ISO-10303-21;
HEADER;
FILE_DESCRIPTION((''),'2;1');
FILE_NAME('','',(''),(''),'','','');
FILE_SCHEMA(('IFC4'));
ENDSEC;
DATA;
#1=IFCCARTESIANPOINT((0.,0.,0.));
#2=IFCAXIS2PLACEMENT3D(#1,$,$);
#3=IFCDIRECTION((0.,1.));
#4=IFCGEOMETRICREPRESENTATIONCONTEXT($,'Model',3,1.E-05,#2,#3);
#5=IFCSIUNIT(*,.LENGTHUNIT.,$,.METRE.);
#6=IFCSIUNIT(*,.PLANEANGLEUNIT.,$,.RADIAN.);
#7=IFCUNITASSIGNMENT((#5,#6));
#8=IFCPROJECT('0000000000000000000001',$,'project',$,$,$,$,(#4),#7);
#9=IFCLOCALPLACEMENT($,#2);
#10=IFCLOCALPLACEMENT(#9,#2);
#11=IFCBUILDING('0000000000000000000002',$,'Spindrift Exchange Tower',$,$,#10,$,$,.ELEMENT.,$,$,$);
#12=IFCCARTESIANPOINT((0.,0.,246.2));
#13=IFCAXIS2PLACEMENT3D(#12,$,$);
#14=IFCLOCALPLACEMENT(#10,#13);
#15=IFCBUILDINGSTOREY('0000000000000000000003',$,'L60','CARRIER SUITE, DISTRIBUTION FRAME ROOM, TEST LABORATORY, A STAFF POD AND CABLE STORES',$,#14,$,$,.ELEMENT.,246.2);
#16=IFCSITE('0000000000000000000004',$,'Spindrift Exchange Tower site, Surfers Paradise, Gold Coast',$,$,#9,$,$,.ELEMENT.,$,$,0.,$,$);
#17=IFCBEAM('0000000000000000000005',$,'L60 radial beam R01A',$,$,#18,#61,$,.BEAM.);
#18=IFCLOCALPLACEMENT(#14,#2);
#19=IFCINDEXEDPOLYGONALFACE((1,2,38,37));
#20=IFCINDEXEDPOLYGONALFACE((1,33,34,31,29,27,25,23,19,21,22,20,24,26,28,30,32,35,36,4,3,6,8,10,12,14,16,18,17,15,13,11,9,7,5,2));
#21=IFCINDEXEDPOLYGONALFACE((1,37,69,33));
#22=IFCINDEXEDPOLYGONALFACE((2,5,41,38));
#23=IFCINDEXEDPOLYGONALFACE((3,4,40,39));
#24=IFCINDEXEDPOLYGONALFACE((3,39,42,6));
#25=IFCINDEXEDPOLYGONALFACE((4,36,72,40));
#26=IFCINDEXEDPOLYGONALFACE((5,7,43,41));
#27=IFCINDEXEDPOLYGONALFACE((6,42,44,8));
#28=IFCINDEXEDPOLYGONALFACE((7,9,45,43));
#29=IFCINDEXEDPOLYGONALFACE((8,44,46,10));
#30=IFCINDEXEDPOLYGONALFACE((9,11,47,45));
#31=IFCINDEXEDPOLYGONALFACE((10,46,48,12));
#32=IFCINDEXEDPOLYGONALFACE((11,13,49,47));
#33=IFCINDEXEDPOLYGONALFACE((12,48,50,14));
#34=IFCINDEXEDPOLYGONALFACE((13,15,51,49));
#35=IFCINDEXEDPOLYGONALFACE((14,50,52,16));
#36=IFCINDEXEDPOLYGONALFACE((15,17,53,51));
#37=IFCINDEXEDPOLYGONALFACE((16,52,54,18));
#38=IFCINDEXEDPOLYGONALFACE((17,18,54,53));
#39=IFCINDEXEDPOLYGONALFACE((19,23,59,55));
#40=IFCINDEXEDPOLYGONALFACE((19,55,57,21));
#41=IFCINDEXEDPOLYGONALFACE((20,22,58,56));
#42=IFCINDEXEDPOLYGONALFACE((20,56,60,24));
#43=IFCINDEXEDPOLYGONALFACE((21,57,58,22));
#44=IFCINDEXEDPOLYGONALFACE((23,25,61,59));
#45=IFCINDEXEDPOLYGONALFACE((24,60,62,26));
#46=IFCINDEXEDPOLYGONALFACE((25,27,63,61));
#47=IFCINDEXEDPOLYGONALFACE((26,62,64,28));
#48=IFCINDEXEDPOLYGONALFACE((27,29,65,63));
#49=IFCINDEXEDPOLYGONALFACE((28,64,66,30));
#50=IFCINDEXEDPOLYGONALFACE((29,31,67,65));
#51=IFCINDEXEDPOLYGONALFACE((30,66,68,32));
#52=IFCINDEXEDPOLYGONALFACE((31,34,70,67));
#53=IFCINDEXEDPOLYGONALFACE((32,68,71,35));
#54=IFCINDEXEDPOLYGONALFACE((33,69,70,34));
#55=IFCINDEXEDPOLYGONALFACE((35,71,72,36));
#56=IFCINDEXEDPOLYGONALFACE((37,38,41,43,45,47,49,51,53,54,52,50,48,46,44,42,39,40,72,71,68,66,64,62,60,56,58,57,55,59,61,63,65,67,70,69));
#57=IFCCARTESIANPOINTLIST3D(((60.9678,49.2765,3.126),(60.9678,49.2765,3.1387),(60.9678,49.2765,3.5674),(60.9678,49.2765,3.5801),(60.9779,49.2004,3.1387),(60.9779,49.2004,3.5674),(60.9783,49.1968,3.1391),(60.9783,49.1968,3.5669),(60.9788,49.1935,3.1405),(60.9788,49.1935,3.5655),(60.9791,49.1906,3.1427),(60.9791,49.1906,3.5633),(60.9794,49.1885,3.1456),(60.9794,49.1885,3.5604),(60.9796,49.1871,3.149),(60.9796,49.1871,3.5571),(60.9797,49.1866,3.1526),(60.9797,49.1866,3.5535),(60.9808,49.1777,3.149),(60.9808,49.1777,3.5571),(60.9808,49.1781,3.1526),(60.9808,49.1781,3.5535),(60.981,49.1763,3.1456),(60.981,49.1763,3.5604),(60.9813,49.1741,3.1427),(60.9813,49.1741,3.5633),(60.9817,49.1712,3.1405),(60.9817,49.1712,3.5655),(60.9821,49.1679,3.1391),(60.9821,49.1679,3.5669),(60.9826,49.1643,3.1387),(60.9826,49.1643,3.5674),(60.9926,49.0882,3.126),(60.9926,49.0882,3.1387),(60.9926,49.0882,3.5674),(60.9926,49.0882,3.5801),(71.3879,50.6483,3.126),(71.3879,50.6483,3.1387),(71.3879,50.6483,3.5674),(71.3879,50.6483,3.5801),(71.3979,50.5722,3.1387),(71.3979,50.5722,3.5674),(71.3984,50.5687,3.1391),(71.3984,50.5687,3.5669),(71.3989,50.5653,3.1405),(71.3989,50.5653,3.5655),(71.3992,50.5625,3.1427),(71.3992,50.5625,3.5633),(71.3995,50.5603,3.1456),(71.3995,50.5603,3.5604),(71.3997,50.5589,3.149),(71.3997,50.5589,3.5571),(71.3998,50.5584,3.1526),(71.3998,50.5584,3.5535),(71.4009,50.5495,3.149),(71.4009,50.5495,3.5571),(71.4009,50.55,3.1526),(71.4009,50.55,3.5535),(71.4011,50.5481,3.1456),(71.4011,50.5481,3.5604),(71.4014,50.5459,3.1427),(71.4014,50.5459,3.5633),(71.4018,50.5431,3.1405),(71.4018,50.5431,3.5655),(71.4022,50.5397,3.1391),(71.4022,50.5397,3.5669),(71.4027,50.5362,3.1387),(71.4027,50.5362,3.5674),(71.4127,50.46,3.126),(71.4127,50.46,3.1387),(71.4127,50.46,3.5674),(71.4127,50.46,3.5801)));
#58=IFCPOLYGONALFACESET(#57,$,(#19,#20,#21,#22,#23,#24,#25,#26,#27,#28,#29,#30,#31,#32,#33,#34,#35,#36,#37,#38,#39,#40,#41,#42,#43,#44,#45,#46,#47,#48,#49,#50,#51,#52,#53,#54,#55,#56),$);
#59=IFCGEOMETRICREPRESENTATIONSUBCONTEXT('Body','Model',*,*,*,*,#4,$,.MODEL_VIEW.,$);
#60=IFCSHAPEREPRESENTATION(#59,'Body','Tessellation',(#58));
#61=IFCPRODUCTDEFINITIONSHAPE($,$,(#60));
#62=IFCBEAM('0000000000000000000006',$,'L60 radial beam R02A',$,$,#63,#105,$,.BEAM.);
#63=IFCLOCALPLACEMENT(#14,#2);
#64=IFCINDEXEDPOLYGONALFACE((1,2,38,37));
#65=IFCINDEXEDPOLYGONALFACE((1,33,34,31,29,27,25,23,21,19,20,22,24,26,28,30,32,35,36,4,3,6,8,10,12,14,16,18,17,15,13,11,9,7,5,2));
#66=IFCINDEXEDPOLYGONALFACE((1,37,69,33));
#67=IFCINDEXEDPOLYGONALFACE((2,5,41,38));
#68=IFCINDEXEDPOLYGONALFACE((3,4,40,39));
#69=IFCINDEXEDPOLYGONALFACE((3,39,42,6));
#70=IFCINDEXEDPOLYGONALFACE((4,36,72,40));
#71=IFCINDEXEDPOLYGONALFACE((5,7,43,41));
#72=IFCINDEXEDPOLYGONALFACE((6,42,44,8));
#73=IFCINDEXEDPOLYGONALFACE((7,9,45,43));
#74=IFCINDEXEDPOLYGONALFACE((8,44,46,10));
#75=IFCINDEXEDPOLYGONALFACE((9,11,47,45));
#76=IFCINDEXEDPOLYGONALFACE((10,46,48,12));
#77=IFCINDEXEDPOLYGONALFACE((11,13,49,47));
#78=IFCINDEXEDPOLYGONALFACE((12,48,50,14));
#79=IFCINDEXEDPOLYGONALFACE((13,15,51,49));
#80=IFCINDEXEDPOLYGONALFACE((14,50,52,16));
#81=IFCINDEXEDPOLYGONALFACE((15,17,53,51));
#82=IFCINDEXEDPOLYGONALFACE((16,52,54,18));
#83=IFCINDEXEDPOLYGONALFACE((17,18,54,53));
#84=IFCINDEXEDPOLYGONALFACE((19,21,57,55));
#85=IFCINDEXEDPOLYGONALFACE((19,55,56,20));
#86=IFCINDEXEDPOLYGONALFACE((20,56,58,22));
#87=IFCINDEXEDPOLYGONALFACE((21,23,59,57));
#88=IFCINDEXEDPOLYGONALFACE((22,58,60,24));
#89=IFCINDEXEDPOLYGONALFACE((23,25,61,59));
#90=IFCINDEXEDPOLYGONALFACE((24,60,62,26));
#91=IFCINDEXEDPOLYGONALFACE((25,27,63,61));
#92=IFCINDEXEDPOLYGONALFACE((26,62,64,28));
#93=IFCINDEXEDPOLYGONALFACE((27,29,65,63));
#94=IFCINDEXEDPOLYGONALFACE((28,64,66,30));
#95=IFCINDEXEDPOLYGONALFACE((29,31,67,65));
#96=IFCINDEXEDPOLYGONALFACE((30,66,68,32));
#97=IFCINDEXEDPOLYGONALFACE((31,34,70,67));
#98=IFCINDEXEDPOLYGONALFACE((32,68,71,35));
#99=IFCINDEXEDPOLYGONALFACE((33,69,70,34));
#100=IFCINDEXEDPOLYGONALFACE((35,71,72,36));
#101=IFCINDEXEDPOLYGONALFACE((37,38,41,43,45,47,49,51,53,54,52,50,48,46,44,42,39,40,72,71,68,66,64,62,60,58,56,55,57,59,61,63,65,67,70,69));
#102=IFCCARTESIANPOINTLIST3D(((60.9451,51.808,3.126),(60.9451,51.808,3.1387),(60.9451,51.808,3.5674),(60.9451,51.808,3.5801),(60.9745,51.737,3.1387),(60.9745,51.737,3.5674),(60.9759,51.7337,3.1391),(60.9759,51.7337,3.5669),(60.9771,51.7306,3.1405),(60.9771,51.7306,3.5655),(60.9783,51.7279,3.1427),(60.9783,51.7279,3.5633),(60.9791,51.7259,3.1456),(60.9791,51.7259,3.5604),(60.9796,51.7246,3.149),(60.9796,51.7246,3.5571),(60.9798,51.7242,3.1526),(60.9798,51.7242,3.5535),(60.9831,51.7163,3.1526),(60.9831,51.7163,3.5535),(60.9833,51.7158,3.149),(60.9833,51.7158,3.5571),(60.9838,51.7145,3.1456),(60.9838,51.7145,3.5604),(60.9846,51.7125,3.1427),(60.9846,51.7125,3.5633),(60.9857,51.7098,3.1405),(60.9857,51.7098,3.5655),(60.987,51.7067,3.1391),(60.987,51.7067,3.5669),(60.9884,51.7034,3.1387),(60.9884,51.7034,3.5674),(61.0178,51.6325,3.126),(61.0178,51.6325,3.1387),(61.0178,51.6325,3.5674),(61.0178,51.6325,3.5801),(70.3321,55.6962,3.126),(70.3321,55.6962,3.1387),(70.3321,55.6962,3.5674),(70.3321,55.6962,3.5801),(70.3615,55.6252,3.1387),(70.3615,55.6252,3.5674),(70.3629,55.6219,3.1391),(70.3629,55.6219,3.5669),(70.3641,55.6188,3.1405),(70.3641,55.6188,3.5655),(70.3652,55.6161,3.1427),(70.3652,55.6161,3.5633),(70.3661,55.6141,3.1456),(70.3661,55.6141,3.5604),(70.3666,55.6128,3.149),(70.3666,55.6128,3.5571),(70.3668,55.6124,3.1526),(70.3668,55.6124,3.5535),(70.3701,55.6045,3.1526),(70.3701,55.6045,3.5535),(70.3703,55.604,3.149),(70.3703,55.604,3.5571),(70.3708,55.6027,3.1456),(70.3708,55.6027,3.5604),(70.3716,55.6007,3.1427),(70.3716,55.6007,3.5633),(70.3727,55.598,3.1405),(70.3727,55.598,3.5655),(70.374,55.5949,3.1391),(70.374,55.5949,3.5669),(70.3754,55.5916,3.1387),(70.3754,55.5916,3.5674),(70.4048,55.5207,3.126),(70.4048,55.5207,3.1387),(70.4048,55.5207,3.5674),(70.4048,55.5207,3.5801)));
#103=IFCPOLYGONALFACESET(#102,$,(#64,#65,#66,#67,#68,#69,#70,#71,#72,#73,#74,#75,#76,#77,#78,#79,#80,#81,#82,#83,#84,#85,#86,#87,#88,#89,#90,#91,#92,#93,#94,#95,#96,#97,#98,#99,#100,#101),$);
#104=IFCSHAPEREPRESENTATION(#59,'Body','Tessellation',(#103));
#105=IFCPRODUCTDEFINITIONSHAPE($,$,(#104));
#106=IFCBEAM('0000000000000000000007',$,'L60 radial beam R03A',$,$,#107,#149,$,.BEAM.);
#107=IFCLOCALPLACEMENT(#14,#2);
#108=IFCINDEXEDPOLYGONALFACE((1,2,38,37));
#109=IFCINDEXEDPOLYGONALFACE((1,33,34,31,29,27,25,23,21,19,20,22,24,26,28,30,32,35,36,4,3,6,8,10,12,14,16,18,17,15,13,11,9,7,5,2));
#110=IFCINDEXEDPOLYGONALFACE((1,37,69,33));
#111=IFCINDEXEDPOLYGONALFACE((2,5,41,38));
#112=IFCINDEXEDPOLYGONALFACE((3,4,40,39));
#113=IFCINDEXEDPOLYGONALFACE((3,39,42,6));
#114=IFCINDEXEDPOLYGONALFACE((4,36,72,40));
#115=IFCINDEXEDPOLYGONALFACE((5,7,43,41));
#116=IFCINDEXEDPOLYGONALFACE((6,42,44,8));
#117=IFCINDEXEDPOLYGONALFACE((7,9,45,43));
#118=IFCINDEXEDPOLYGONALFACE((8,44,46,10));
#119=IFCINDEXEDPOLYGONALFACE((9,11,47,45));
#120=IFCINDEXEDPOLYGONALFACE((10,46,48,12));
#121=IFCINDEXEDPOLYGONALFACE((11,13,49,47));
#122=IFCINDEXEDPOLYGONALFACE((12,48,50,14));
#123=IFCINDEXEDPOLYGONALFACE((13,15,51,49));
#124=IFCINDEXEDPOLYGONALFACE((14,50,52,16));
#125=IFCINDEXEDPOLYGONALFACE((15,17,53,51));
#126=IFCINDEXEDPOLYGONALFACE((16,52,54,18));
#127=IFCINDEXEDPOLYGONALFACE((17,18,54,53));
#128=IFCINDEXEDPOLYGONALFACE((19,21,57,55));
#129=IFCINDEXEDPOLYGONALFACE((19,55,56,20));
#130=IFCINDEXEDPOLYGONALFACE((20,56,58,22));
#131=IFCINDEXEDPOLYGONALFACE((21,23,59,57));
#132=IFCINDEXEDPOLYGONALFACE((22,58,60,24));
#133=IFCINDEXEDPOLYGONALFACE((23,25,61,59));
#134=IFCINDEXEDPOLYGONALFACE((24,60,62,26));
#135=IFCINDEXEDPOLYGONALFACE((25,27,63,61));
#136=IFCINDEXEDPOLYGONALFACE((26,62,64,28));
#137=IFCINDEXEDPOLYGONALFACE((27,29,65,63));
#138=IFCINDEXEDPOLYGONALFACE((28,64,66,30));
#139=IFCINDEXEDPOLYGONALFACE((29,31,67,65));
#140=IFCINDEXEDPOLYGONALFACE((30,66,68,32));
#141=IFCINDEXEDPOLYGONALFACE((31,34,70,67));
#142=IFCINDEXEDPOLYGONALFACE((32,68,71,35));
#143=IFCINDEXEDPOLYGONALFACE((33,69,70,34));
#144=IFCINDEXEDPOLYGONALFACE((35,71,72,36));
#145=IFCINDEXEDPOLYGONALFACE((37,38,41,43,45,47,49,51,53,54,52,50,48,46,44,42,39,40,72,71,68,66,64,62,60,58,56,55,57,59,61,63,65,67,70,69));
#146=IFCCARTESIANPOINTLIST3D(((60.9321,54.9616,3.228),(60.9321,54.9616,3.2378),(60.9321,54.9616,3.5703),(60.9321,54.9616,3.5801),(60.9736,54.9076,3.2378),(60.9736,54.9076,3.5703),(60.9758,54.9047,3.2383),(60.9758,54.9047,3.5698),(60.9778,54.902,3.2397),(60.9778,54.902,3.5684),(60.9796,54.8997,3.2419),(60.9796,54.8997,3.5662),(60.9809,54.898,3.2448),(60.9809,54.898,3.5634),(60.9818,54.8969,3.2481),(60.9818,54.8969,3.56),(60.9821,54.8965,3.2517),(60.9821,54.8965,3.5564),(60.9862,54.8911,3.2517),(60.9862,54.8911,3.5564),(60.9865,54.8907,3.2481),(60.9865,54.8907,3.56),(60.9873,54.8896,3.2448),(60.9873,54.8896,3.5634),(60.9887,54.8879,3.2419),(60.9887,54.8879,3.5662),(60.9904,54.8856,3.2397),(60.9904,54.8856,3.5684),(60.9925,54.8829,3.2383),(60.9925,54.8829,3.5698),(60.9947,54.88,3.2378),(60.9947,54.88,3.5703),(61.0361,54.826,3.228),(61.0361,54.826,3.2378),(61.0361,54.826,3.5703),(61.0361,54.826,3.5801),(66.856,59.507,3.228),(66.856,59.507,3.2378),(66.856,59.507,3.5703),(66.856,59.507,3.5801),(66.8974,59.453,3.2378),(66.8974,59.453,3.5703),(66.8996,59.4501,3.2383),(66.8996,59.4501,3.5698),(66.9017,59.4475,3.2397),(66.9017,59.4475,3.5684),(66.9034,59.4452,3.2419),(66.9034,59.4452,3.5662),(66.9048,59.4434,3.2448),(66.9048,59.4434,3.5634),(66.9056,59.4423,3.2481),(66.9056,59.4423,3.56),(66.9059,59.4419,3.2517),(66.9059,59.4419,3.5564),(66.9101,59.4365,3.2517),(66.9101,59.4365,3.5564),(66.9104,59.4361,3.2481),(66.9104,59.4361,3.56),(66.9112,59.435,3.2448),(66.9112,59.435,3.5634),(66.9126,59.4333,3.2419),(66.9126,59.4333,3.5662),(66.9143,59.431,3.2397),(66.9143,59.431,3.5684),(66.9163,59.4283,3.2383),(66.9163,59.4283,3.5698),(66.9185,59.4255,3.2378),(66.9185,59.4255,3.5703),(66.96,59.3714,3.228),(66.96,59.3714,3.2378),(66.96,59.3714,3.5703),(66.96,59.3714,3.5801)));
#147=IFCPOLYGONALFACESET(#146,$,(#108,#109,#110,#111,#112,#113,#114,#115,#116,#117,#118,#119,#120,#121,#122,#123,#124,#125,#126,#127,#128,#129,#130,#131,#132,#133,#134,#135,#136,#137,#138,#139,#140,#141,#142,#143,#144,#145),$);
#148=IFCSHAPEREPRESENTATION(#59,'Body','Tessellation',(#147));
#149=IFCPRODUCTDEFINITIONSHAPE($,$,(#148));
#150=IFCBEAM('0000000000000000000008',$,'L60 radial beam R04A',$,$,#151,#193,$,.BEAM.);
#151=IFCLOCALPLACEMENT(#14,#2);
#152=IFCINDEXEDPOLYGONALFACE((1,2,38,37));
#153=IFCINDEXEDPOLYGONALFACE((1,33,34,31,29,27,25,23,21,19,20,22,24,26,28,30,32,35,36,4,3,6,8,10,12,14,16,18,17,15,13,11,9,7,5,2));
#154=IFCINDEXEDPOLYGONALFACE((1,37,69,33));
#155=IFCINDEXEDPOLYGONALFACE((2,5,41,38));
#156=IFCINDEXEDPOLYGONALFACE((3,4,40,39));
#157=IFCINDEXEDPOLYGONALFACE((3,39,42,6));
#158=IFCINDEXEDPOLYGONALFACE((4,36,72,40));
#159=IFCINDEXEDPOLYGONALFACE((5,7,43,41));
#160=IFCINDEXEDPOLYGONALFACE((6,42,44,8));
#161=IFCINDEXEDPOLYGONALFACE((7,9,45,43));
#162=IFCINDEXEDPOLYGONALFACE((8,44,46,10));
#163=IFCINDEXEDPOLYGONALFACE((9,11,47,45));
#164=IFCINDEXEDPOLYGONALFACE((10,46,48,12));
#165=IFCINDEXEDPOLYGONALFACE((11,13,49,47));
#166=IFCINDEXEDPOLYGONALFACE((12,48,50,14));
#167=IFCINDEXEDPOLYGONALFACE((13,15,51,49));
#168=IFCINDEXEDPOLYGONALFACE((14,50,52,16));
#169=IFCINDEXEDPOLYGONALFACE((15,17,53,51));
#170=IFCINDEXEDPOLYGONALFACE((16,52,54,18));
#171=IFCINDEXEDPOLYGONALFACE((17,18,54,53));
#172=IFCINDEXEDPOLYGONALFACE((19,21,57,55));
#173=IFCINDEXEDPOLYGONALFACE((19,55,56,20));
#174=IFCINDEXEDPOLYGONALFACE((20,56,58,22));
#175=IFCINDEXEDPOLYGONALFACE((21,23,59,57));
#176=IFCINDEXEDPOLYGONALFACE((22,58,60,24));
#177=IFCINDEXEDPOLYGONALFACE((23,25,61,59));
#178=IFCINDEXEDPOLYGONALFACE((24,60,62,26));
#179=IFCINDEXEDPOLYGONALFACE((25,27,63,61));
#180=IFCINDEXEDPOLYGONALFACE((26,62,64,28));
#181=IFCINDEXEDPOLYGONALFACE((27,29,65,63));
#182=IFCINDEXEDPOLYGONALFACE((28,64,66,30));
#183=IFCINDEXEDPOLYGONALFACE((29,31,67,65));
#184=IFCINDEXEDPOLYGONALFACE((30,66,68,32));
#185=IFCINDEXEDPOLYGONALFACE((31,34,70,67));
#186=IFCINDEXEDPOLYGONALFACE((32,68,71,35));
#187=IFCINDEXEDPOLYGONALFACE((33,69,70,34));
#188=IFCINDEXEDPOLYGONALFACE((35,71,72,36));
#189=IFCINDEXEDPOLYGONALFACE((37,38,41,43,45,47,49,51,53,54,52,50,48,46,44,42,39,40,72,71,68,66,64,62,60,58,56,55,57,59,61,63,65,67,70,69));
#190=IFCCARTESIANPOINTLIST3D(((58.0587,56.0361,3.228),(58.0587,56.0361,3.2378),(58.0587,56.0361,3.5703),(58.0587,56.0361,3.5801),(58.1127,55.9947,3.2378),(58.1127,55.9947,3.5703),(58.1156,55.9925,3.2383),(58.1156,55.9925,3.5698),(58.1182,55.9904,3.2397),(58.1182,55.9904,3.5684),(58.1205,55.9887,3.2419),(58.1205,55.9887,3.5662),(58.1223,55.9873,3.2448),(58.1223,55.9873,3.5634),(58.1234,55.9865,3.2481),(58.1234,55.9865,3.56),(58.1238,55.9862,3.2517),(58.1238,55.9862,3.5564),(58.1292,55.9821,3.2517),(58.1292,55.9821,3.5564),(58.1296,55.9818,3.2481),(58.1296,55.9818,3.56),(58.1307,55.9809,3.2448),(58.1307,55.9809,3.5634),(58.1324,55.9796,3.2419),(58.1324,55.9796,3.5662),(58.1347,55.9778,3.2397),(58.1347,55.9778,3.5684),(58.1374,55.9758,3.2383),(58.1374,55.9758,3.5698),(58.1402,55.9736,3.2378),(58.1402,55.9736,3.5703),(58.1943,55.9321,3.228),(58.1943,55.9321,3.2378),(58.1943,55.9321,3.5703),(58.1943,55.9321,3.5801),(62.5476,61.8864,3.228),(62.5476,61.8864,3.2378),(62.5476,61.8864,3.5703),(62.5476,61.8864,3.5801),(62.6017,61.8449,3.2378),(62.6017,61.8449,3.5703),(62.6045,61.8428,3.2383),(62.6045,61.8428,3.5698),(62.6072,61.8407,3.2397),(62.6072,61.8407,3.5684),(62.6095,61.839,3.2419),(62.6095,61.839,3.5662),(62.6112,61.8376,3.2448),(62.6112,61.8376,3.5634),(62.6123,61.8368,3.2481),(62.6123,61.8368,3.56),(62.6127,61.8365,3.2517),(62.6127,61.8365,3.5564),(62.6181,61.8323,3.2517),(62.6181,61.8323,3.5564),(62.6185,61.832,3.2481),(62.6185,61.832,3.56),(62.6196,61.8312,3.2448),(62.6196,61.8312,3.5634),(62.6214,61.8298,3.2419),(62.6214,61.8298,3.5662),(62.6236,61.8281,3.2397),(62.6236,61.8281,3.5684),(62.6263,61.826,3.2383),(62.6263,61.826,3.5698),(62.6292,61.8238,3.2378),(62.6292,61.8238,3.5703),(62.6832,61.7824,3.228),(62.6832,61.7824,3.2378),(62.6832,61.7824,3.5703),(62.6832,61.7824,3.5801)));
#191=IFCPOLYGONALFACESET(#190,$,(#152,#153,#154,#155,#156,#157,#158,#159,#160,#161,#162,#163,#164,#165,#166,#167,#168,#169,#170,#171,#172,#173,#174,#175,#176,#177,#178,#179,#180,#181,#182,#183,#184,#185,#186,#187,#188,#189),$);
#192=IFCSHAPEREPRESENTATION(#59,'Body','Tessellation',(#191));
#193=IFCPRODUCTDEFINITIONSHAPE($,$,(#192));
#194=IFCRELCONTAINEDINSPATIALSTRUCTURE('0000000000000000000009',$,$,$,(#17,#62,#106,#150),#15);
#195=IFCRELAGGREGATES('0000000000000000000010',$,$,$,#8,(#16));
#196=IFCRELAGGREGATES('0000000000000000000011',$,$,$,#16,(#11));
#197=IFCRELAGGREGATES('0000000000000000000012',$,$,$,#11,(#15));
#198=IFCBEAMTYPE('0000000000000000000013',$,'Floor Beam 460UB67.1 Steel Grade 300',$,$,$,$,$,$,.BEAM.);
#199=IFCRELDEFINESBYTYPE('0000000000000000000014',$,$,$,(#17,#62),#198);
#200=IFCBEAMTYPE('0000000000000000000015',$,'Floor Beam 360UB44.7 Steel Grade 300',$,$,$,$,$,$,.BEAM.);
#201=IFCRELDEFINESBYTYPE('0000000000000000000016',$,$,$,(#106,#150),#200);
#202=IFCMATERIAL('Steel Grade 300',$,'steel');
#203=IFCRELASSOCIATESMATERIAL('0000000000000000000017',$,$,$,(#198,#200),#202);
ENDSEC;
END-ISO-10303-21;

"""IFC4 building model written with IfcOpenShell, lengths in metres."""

from ifc_helpers import new_model, si_unit, direction, frame, origin, origin_2d, place, context, subcontext, project, spatial, i_section, extrude, source, transform, mapped, material, material_profile, profile_set, type_object, element, save


model = new_model("IFC4")

# Units and contexts
model_context = context("Model", 3, precision=1e-05, world=origin(), true_north=direction((0.0, 1.0)))
body_context = subcontext(model_context, "Body", "Model", "MODEL_VIEW")
ifc_project = project(units=[si_unit("LENGTHUNIT", "METRE"), si_unit("PLANEANGLEUNIT", "RADIAN")], contexts=[model_context])

# Site, building, storey
site_placement = place(None, origin())
site = spatial("IfcSite", under=ifc_project, at=site_placement, Name="Spindrift Exchange Tower site, Surfers Paradise, Gold Coast", CompositionType="ELEMENT", RefElevation=0.0)
building_placement = place(site_placement, origin())
building = spatial("IfcBuilding", under=site, at=building_placement, Name="Spindrift Exchange Tower", CompositionType="ELEMENT")
storey_placement = place(building_placement, frame((0.0, 0.0, 246.2)))
storey = spatial("IfcBuildingStorey", under=building, at=storey_placement, Name="L60", Description="CARRIER SUITE, DISTRIBUTION FRAME ROOM, TEST LABORATORY, A STAFF POD AND CABLE STORES", CompositionType="ELEMENT", Elevation=246.2)

# Beams
ifc_material_1 = material(Name="Steel Grade 300", Category="steel")
ifc_material_profile_1 = material_profile(ifc_material_1, i_section(OverallWidth=0.1899, OverallDepth=0.4541, WebThickness=0.0085, FlangeThickness=0.0127, FilletRadius=0.0139, at=origin_2d()), Name="460UB67.1")
ifc_profile_set_1 = profile_set([ifc_material_profile_1], Name="Steel Grade 300")
beam_type_1 = type_object("IfcBeamType", Name="Floor Beam 460UB67.1 Steel Grade 300", PredefinedType="BEAM", material=ifc_profile_set_1)
shared_shape_1 = source(origin(), body_context, "Body", "SweptSolid", [
    extrude(i_section(OverallWidth=0.1899, OverallDepth=0.4541, WebThickness=0.0085, FlangeThickness=0.0127, FilletRadius=0.0139, at=origin_2d()), origin(), (0.0, 0.0, 1.0), 10.51),
])
beam_1_placement = place(storey_placement, frame((60.9802, 49.1824, 3.353), z_axis=(0.991445, 0.130525, 0.0), x_axis=(-0.130525, 0.991445, 0.0)))
element("IfcBeam", 1, at=beam_1_placement, inside=storey, type_object=beam_type_1, Name="L60 radial beam R01A", PredefinedType="BEAM", context=body_context, shape_type="MappedRepresentation", body=[
    mapped(shared_shape_1, transform((0.0, 0.0, 0.0), scale=1.0)),
])
shared_shape_2 = source(origin(), body_context, "Body", "SweptSolid", [
    extrude(i_section(OverallWidth=0.1899, OverallDepth=0.4541, WebThickness=0.0085, FlangeThickness=0.0127, FilletRadius=0.0139, at=origin_2d()), origin(), (0.0, 0.0, 1.0), 10.1604),
])
beam_2_placement = place(storey_placement, frame((60.9814, 51.7202, 3.353), z_axis=(0.92388, 0.382681, 0.0), x_axis=(-0.382681, 0.92388, 0.0)))
element("IfcBeam", 2, at=beam_2_placement, inside=storey, type_object=beam_type_1, Name="L60 radial beam R02A", PredefinedType="BEAM", context=body_context, shape_type="MappedRepresentation", body=[
    mapped(shared_shape_2, transform((0.0, 0.0, 0.0), scale=1.0)),
])
ifc_material_profile_2 = material_profile(ifc_material_1, i_section(OverallWidth=0.1709, OverallDepth=0.3521, WebThickness=0.0068, FlangeThickness=0.0098, FilletRadius=0.0139, at=origin_2d()), Name="360UB44.7")
ifc_profile_set_2 = profile_set([ifc_material_profile_2], Name="Steel Grade 300")
beam_type_2 = type_object("IfcBeamType", Name="Floor Beam 360UB44.7 Steel Grade 300", PredefinedType="BEAM", material=ifc_profile_set_2)
shared_shape_3 = source(origin(), body_context, "Body", "SweptSolid", [
    extrude(i_section(OverallWidth=0.1709, OverallDepth=0.3521, WebThickness=0.0068, FlangeThickness=0.0098, FilletRadius=0.0139, at=origin_2d()), origin(), (0.0, 0.0, 1.0), 7.4668),
])
beam_3_placement = place(storey_placement, frame((60.9841, 54.8938, 3.4041), z_axis=(0.79336, 0.608753, 0.0), x_axis=(-0.608753, 0.79336, 0.0)))
element("IfcBeam", 3, at=beam_3_placement, inside=storey, type_object=beam_type_2, Name="L60 radial beam R03A", PredefinedType="BEAM", context=body_context, shape_type="MappedRepresentation", body=[
    mapped(shared_shape_3, transform((0.0, 0.0, 0.0), scale=1.0)),
])
shared_shape_4 = source(origin(), body_context, "Body", "SweptSolid", [
    extrude(i_section(OverallWidth=0.1709, OverallDepth=0.3521, WebThickness=0.0068, FlangeThickness=0.0098, FilletRadius=0.0139, at=origin_2d()), origin(), (0.0, 0.0, 1.0), 7.374),
])
beam_4_placement = place(storey_placement, frame((58.1265, 55.9841, 3.4041), z_axis=(0.608752, 0.793361, 0.0), x_axis=(-0.793361, 0.608752, 0.0)))
element("IfcBeam", 4, at=beam_4_placement, inside=storey, type_object=beam_type_2, Name="L60 radial beam R04A", PredefinedType="BEAM", context=body_context, shape_type="MappedRepresentation", body=[
    mapped(shared_shape_4, transform((0.0, 0.0, 0.0), scale=1.0)),
])

save(model, "model.ifc")
